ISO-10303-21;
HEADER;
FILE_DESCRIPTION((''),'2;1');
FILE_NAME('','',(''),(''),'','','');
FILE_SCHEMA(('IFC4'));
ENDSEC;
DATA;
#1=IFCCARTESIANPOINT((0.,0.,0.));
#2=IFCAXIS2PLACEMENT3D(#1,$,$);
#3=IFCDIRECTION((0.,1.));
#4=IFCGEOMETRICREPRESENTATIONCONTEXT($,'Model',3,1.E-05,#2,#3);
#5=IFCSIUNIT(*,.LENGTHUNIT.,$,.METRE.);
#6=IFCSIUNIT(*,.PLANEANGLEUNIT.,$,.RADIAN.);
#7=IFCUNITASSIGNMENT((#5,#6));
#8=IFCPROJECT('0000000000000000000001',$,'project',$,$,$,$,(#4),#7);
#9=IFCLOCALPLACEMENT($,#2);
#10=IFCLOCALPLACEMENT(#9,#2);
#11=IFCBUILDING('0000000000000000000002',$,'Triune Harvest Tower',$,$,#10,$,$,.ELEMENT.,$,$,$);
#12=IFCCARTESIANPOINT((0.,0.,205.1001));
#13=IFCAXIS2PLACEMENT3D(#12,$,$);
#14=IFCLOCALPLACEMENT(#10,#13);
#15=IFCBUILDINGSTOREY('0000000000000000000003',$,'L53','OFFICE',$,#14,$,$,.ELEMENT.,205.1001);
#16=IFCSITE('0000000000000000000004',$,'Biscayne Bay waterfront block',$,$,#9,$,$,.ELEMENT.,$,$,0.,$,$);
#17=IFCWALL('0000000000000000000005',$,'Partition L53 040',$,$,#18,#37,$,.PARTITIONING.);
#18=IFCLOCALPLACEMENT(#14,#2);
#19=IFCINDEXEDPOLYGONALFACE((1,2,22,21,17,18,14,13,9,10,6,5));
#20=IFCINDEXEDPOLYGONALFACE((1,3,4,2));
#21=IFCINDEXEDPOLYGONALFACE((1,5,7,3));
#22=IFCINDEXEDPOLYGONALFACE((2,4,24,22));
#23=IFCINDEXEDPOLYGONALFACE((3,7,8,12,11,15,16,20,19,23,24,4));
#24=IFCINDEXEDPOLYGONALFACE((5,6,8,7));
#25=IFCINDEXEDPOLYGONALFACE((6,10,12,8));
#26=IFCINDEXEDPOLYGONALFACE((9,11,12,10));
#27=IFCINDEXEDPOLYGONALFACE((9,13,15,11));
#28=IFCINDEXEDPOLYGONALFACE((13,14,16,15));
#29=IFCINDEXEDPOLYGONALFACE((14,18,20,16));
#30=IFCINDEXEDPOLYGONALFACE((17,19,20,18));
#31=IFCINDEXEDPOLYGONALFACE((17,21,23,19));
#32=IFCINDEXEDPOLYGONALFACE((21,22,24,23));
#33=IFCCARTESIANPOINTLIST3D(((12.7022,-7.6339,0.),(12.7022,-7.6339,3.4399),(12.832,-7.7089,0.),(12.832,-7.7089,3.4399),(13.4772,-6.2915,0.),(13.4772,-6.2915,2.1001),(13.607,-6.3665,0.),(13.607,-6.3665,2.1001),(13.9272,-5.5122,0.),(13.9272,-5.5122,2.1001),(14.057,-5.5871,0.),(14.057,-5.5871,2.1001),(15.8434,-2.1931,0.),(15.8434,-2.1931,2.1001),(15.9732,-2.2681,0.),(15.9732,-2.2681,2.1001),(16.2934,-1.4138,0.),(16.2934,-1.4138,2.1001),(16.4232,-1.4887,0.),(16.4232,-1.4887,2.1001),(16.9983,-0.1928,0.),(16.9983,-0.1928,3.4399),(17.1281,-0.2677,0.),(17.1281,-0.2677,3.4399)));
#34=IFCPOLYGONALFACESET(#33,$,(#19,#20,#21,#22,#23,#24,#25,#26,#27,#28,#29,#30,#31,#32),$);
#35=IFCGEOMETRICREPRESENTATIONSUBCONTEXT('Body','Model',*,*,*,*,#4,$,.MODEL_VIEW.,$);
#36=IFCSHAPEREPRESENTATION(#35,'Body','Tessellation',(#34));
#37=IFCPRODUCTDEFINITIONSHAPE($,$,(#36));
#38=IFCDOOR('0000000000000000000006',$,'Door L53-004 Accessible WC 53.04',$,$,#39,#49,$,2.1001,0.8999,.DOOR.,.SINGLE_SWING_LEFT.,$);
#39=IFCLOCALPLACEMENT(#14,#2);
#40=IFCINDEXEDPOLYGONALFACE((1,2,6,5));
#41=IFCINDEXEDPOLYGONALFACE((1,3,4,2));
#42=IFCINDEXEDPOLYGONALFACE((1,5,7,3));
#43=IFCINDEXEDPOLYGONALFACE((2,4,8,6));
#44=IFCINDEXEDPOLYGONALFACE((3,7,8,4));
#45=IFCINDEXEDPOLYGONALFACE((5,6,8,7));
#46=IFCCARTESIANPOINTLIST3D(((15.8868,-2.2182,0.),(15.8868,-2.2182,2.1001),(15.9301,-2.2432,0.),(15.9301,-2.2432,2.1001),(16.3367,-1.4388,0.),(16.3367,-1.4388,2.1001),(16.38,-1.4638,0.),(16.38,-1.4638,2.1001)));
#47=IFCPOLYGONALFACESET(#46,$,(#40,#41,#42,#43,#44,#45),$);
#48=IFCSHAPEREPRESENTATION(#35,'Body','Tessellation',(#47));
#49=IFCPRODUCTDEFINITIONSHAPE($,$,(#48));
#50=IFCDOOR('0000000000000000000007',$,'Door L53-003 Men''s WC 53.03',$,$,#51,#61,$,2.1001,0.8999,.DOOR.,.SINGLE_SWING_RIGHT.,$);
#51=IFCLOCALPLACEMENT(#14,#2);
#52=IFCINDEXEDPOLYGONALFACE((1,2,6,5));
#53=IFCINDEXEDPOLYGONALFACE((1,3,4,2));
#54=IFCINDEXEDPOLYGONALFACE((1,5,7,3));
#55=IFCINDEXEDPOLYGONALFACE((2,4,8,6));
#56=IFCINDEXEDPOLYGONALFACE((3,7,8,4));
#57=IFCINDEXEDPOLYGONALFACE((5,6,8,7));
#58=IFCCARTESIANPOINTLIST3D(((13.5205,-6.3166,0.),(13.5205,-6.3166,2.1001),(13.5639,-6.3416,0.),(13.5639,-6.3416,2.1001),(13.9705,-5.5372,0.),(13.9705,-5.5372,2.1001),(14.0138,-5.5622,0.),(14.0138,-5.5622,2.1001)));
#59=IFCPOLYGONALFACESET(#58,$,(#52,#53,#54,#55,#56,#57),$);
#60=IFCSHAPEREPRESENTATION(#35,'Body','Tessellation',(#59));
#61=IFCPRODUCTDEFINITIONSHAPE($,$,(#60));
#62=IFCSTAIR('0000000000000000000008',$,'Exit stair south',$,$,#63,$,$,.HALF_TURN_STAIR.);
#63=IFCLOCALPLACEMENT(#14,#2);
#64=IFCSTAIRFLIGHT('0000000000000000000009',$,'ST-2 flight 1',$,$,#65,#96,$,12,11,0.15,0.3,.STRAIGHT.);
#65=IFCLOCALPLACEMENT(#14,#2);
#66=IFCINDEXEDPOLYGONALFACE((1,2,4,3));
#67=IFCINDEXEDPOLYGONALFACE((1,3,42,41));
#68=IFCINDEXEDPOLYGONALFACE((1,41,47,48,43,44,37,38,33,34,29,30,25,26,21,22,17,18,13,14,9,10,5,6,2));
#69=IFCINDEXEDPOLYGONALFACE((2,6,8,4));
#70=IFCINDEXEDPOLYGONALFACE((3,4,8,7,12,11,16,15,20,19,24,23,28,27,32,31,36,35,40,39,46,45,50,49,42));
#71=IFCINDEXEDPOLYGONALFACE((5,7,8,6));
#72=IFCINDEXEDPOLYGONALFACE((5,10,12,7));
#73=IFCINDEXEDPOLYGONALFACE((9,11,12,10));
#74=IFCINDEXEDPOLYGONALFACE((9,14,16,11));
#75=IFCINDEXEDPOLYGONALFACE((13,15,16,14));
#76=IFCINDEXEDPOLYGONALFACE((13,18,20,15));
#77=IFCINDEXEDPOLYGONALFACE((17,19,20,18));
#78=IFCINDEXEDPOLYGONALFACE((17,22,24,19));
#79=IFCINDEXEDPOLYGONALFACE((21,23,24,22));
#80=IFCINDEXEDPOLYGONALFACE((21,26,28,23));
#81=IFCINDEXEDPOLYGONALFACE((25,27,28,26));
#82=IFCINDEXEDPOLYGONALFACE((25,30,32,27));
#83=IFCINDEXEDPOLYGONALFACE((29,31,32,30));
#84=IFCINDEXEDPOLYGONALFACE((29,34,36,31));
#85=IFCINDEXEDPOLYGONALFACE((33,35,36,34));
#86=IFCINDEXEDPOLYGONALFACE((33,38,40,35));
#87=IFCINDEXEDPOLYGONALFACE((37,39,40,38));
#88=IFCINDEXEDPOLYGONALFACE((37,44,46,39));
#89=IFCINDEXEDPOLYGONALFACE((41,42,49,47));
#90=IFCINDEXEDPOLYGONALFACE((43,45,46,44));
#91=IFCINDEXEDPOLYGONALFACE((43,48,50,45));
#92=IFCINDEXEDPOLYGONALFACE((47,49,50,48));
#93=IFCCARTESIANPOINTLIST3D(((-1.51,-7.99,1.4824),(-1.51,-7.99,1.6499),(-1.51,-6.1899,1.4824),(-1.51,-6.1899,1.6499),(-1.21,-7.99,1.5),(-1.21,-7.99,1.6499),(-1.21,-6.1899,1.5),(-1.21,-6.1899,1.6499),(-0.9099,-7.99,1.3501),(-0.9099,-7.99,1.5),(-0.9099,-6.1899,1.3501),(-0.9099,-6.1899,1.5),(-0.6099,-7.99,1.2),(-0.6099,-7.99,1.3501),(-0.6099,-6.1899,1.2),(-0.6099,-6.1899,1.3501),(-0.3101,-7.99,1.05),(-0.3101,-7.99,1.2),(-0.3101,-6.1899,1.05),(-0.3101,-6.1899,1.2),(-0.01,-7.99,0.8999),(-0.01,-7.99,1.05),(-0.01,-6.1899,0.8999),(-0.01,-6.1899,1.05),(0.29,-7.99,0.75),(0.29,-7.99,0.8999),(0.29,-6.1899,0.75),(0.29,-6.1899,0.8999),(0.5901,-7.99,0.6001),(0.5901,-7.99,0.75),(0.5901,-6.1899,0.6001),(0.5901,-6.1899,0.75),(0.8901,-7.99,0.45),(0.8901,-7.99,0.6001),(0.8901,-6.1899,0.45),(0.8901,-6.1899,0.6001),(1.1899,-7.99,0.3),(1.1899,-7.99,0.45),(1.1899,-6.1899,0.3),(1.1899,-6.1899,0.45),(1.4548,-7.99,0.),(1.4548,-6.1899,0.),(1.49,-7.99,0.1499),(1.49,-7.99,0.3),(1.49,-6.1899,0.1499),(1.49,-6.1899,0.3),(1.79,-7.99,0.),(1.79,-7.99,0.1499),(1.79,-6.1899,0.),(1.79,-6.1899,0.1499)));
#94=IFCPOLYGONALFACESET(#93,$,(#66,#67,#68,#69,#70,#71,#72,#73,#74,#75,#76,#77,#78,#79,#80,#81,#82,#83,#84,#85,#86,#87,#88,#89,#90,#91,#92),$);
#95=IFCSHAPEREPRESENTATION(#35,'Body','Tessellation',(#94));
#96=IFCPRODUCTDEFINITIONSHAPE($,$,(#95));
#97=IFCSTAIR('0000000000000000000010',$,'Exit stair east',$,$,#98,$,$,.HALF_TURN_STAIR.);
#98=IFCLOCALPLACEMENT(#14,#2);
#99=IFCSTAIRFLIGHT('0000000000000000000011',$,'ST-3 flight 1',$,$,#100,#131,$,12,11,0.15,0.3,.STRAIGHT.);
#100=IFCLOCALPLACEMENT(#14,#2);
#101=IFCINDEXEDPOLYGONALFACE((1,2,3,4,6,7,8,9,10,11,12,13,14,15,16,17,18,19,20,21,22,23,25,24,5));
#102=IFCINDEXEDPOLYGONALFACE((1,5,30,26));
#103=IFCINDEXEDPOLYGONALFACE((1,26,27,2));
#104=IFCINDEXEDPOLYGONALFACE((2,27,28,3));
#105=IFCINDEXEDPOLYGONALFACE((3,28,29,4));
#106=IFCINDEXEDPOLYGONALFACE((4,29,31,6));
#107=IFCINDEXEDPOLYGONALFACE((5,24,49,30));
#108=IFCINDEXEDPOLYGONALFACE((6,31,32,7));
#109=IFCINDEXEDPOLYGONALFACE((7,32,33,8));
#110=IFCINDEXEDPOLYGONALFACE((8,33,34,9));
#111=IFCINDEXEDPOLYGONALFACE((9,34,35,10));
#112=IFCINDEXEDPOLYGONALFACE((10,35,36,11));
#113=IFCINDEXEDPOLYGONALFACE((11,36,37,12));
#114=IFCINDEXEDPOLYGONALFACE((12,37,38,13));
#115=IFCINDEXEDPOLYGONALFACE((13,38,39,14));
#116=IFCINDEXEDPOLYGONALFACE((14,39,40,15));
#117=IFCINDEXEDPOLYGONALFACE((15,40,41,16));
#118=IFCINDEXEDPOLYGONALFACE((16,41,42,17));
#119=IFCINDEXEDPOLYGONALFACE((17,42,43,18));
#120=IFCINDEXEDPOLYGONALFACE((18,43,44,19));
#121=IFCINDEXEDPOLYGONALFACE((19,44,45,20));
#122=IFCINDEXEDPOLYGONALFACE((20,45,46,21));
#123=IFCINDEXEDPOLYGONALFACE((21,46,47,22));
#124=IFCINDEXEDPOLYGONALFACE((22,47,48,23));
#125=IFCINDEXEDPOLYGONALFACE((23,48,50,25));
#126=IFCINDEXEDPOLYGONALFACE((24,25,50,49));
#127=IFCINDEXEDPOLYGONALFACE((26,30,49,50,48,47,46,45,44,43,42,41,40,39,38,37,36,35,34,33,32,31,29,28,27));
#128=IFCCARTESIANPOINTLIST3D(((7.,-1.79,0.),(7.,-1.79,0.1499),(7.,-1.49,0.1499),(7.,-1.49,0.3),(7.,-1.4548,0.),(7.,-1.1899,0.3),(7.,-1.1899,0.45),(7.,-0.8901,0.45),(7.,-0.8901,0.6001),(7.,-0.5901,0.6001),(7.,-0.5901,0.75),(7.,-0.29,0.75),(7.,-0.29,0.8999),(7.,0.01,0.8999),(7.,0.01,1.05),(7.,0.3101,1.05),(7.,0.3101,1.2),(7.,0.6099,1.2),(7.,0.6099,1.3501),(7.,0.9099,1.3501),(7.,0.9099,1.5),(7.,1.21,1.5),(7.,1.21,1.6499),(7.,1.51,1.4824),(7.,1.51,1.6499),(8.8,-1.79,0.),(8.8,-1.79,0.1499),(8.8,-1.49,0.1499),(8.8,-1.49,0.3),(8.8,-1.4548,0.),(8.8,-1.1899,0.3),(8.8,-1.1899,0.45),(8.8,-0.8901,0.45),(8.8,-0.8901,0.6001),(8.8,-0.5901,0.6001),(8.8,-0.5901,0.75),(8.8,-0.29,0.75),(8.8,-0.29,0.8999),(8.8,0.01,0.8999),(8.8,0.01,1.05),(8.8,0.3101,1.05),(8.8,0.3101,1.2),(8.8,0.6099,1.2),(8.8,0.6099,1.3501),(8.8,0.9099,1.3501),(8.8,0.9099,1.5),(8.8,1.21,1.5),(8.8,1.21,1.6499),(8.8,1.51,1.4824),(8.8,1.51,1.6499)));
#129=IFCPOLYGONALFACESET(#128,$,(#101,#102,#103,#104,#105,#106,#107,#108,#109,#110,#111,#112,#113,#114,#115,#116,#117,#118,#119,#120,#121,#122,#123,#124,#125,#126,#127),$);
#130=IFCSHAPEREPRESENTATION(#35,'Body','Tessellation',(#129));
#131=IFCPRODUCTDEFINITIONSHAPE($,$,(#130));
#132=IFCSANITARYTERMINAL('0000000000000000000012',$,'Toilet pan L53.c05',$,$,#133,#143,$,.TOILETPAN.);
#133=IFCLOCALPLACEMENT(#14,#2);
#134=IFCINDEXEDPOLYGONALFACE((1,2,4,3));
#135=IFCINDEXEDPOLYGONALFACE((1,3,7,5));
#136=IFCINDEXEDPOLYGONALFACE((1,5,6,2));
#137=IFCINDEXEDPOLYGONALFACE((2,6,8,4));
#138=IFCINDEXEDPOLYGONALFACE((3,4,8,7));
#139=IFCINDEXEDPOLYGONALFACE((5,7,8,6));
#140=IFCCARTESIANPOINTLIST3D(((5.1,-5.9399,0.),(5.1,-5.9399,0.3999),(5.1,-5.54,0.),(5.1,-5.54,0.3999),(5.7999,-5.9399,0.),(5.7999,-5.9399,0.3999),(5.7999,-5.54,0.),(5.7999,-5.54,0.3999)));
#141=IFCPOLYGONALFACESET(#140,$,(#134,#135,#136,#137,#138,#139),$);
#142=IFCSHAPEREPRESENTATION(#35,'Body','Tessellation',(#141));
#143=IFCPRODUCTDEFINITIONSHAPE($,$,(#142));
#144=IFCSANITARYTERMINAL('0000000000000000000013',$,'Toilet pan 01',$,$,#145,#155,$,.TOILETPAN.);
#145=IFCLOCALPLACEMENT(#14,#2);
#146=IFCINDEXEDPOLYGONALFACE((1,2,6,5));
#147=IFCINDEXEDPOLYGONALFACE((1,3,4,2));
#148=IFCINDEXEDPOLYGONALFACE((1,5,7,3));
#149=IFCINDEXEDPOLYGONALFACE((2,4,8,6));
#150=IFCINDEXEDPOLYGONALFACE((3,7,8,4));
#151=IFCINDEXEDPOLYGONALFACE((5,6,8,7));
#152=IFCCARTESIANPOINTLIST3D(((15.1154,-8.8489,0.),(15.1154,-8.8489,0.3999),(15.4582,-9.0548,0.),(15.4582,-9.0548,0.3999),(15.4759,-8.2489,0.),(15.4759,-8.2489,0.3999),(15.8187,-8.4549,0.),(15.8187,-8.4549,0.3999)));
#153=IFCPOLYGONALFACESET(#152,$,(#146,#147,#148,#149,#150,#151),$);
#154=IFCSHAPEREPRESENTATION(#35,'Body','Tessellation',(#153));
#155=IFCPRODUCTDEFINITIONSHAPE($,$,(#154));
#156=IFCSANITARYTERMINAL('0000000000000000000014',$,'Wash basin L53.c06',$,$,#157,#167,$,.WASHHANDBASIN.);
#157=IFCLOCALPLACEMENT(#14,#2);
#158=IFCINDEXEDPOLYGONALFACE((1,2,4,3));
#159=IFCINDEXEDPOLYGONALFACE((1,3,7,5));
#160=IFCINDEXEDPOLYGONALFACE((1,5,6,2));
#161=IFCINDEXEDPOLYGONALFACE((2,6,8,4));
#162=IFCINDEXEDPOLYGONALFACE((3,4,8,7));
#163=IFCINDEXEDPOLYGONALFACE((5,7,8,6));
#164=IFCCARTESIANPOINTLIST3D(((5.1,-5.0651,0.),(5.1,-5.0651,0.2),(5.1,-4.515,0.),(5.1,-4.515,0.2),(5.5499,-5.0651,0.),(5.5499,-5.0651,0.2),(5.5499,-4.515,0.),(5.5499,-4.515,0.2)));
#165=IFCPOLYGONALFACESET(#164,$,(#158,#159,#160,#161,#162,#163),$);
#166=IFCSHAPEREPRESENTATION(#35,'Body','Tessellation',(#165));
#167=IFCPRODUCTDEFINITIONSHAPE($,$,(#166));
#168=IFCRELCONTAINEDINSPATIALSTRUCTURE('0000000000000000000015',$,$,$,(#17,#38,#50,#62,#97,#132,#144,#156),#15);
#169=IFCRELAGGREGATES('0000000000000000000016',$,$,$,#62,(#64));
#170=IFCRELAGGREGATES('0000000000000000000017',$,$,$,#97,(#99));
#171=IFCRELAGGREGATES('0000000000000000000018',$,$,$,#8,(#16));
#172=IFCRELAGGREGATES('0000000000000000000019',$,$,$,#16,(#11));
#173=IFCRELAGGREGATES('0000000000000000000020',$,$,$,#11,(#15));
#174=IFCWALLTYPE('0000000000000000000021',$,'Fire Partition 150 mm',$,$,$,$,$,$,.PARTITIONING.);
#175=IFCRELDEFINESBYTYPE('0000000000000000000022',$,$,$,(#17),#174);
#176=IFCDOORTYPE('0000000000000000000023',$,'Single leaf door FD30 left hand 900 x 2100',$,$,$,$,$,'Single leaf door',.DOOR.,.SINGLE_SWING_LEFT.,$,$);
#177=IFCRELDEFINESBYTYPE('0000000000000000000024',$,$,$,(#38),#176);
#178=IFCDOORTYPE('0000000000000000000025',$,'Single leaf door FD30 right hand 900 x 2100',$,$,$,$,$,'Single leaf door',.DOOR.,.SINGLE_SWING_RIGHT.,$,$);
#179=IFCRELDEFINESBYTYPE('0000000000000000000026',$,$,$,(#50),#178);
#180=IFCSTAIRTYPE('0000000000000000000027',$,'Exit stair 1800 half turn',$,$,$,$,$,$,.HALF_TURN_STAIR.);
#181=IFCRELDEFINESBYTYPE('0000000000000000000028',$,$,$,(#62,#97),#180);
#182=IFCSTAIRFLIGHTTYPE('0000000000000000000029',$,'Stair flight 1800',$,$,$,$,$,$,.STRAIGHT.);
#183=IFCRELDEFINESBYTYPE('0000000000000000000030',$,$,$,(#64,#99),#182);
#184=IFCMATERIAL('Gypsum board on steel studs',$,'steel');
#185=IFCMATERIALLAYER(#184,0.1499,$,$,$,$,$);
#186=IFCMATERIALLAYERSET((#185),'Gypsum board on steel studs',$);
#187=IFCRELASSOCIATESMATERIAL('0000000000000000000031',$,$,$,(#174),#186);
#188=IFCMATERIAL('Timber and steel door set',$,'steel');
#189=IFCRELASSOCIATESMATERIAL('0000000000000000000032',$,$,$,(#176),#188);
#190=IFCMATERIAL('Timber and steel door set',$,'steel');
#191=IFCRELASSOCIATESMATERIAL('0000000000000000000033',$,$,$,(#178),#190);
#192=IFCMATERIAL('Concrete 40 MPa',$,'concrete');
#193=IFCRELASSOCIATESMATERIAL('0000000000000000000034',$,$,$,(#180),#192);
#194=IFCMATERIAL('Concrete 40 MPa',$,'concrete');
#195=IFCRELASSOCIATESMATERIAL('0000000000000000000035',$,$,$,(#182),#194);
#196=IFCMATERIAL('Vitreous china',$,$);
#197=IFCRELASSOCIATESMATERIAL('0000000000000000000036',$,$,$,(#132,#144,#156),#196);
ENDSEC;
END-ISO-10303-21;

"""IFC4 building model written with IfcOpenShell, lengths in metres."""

from ifc_helpers import new_model, si_unit, direction, frame, frame_2d, origin, origin_2d, place, context, subcontext, project, spatial, polyline, rectangle, outline, extrude, source, transform, mapped, material, layer, layer_set, type_object, element, fill, aggregate, save


model = new_model("IFC4")

# Units and contexts
model_context = context("Model", 3, precision=1e-05, world=origin(), true_north=direction((0.0, 1.0)))
body_context = subcontext(model_context, "Body", "Model", "MODEL_VIEW")
ifc_project = project(units=[si_unit("LENGTHUNIT", "METRE"), si_unit("PLANEANGLEUNIT", "RADIAN")], contexts=[model_context])

# Site, building, storey
site_placement = place(None, origin())
site = spatial("IfcSite", under=ifc_project, at=site_placement, Name="Biscayne Bay waterfront block", CompositionType="ELEMENT", RefElevation=0.0)
building_placement = place(site_placement, origin())
building = spatial("IfcBuilding", under=site, at=building_placement, Name="Triune Harvest Tower", CompositionType="ELEMENT")
storey_placement = place(building_placement, frame((0.0, 0.0, 205.1001)))
storey = spatial("IfcBuildingStorey", under=building, at=storey_placement, Name="L53", Description="OFFICE", CompositionType="ELEMENT", Elevation=205.1001)

# Shared definitions
ifc_material_1 = material(Name="Gypsum board on steel studs", Category="steel")
ifc_layer_1 = layer(ifc_material_1, 0.1499)
ifc_layer_set_1 = layer_set([ifc_layer_1], Name="Gypsum board on steel studs")
wall_type_1 = type_object("IfcWallType", Name="Fire Partition 150 mm", PredefinedType="PARTITIONING", material=ifc_layer_set_1)

# Wall, openings, doors
shared_shape_1 = source(origin(), body_context, "Body", "SweptSolid", [
    extrude(rectangle(XDim=8.5923, YDim=0.1499, at=frame_2d((4.2961, 0.0))), origin(), (0.0, 0.0, 1.0), 3.4399),
])
wall_1_placement = place(storey_placement, frame((12.7671, -7.6714, 0.0), z_axis=(0.0, 0.0, 1.0), x_axis=(0.499999, 0.866026, 0.0)))
wall_1 = element("IfcWall", 1, at=wall_1_placement, inside=storey, type_object=wall_type_1, Name="Partition L53 040", PredefinedType="PARTITIONING", context=body_context, shape_type="MappedRepresentation", body=[
    mapped(shared_shape_1, transform((0.0, 0.0, 0.0), scale=1.0)),
])
opening_1_placement = place(wall_1_placement, frame((1.55, 0.0, 0.0)))
opening_1 = element("IfcOpeningElement", 2, at=opening_1_placement, cuts=wall_1, PredefinedType="OPENING", context=body_context, shape_type="SweptSolid", body=[
    extrude(rectangle(XDim=0.8999, YDim=2.1001, at=frame_2d((0.45, 1.05))), frame((0.0, 0.085, 0.0), z_axis=(0.0, -1.0, 0.0), x_axis=(1.0, 0.0, 0.0)), (0.0, 0.0, 1.0), 0.1699),
])
opening_2_placement = place(wall_1_placement, frame((6.2825, 0.0, 0.0)))
opening_2 = element("IfcOpeningElement", 3, at=opening_2_placement, cuts=wall_1, PredefinedType="OPENING", context=body_context, shape_type="SweptSolid", body=[
    extrude(rectangle(XDim=0.8999, YDim=2.1001, at=frame_2d((0.45, 1.05))), frame((0.0, 0.085, 0.0), z_axis=(0.0, -1.0, 0.0), x_axis=(1.0, 0.0, 0.0)), (0.0, 0.0, 1.0), 0.1699),
])
ifc_material_2 = material(Name="Timber and steel door set", Category="steel")
door_type_1 = type_object("IfcDoorType", Name="Single leaf door FD30 left hand 900 x 2100", ElementType="Single leaf door", OperationType="SINGLE_SWING_LEFT", PredefinedType="DOOR", material=ifc_material_2)
door_1_placement = place(opening_2_placement, origin())
door_1 = element("IfcDoor", 4, at=door_1_placement, inside=storey, type_object=door_type_1, Name="Door L53-004 Accessible WC 53.04", OperationType="SINGLE_SWING_LEFT", OverallHeight=2.1001, OverallWidth=0.8999, PredefinedType="DOOR", context=body_context, shape_type="SweptSolid", body=[
    extrude(rectangle(XDim=0.8999, YDim=2.1001, at=frame_2d((0.45, 1.05))), frame((0.0, 0.0249, 0.0), z_axis=(0.0, -1.0, 0.0), x_axis=(1.0, 0.0, 0.0)), (0.0, 0.0, 1.0), 0.05),
])
fill(opening_2, door_1)
ifc_material_3 = material(Name="Timber and steel door set", Category="steel")
door_type_2 = type_object("IfcDoorType", Name="Single leaf door FD30 right hand 900 x 2100", ElementType="Single leaf door", OperationType="SINGLE_SWING_RIGHT", PredefinedType="DOOR", material=ifc_material_3)
door_2_placement = place(opening_1_placement, origin())
door_2 = element("IfcDoor", 5, at=door_2_placement, inside=storey, type_object=door_type_2, Name="Door L53-003 Men's WC 53.03", OperationType="SINGLE_SWING_RIGHT", OverallHeight=2.1001, OverallWidth=0.8999, PredefinedType="DOOR", context=body_context, shape_type="SweptSolid", body=[
    extrude(rectangle(XDim=0.8999, YDim=2.1001, at=frame_2d((0.45, 1.05))), frame((0.0, 0.0249, 0.0), z_axis=(0.0, -1.0, 0.0), x_axis=(1.0, 0.0, 0.0)), (0.0, 0.0, 1.0), 0.05),
])
fill(opening_1, door_2)

# Stairs, stair flights
ifc_material_4 = material(Name="Concrete 40 MPa", Category="concrete")
stair_type = type_object("IfcStairType", Name="Exit stair 1800 half turn", PredefinedType="HALF_TURN_STAIR", material=ifc_material_4)
stair_1_placement = place(storey_placement, origin())
stair_1 = element("IfcStair", 6, at=stair_1_placement, inside=storey, type_object=stair_type, Name="Exit stair south", PredefinedType="HALF_TURN_STAIR")
ifc_material_5 = material(Name="Concrete 40 MPa", Category="concrete")
stair_flight_type = type_object("IfcStairFlightType", Name="Stair flight 1800", PredefinedType="STRAIGHT", material=ifc_material_5)
shared_shape_2 = source(origin(), body_context, "Body", "SweptSolid", [
    extrude(outline(polyline([(0.0, 0.0), (0.0, 0.1499), (0.3, 0.1499), (0.3, 0.3), (0.6001, 0.3), (0.6001, 0.45), (0.8999, 0.45), (0.8999, 0.6001), (1.2, 0.6001), (1.2, 0.75), (1.5, 0.75), (1.5, 0.8999), (1.8, 0.8999), (1.8, 1.05), (2.1001, 1.05), (2.1001, 1.2), (2.3999, 1.2), (2.3999, 1.3501), (2.7, 1.3501), (2.7, 1.5), (3.0, 1.5), (3.0, 1.6499), (3.3, 1.6499), (3.3, 1.8), (3.3, 1.4824), (0.3352, 0.0), (0.0, 0.0)])), frame((0.0, 0.8999, 0.0), z_axis=(0.0, -1.0, 0.0), x_axis=(1.0, 0.0, 0.0)), (0.0, 0.0, 1.0), 1.8),
])
stair_flight_1_placement = place(storey_placement, frame((1.79, -7.0901, 0.0), z_axis=(0.0, 0.0, 1.0), x_axis=(-1.0, 0.0, 0.0)))
stair_flight_1 = element("IfcStairFlight", 7, at=stair_flight_1_placement, type_object=stair_flight_type, Name="ST-2 flight 1", NumberOfRisers=12, NumberOfTreads=11, PredefinedType="STRAIGHT", RiserHeight=0.15, TreadLength=0.3, context=body_context, shape_type="MappedRepresentation", body=[
    mapped(shared_shape_2, transform((0.0, 0.0, 0.0), scale=1.0)),
])
aggregate(stair_1, [stair_flight_1])
stair_2_placement = place(storey_placement, origin())
stair_2 = element("IfcStair", 8, at=stair_2_placement, inside=storey, type_object=stair_type, Name="Exit stair east", PredefinedType="HALF_TURN_STAIR")
stair_flight_2_placement = place(storey_placement, frame((7.8999, -1.79, 0.0), z_axis=(0.0, 0.0, 1.0), x_axis=(0.0, 1.0, 0.0)))
stair_flight_2 = element("IfcStairFlight", 9, at=stair_flight_2_placement, type_object=stair_flight_type, Name="ST-3 flight 1", NumberOfRisers=12, NumberOfTreads=11, PredefinedType="STRAIGHT", RiserHeight=0.15, TreadLength=0.3, context=body_context, shape_type="MappedRepresentation", body=[
    mapped(shared_shape_2, transform((0.0, 0.0, 0.0), scale=1.0)),
])
aggregate(stair_2, [stair_flight_2])

# Sanitary terminals
ifc_material_6 = material(Name="Vitreous china")
shared_shape_3 = source(origin(), body_context, "Body", "SweptSolid", [
    extrude(rectangle(XDim=0.3999, YDim=0.7, at=origin_2d()), origin(), (0.0, 0.0, 1.0), 0.3999),
])
for number, where, z_axis, x_axis, name in (
    (10, (5.45, -5.74, 0.0), (0.0, 0.0, 1.0), (0.0, 1.0, 0.0), "Toilet pan L53.c05"),
    (11, (15.467, -8.6519, 0.0), (0.0, 0.0, 1.0), (-0.857167, 0.515038, 0.0), "Toilet pan 01"),
):
    element("IfcSanitaryTerminal", number, at=place(storey_placement, frame(where, z_axis=z_axis, x_axis=x_axis)), inside=storey, material=ifc_material_6, Name=name, PredefinedType="TOILETPAN", context=body_context, shape_type="MappedRepresentation", body=[
        mapped(shared_shape_3, transform((0.0, 0.0, 0.0), scale=1.0)),
    ])
shared_shape_4 = source(origin(), body_context, "Body", "SweptSolid", [
    extrude(rectangle(XDim=0.55, YDim=0.45, at=origin_2d()), origin(), (0.0, 0.0, 1.0), 0.2),
])
sanitary_terminal_placement = place(storey_placement, frame((5.325, -4.79, 0.0), z_axis=(0.0, 0.0, 1.0), x_axis=(0.0, 1.0, 0.0)))
element("IfcSanitaryTerminal", 12, at=sanitary_terminal_placement, inside=storey, material=ifc_material_6, Name="Wash basin L53.c06", PredefinedType="WASHHANDBASIN", context=body_context, shape_type="MappedRepresentation", body=[
    mapped(shared_shape_4, transform((0.0, 0.0, 0.0), scale=1.0)),
])

save(model, "model.ifc")
